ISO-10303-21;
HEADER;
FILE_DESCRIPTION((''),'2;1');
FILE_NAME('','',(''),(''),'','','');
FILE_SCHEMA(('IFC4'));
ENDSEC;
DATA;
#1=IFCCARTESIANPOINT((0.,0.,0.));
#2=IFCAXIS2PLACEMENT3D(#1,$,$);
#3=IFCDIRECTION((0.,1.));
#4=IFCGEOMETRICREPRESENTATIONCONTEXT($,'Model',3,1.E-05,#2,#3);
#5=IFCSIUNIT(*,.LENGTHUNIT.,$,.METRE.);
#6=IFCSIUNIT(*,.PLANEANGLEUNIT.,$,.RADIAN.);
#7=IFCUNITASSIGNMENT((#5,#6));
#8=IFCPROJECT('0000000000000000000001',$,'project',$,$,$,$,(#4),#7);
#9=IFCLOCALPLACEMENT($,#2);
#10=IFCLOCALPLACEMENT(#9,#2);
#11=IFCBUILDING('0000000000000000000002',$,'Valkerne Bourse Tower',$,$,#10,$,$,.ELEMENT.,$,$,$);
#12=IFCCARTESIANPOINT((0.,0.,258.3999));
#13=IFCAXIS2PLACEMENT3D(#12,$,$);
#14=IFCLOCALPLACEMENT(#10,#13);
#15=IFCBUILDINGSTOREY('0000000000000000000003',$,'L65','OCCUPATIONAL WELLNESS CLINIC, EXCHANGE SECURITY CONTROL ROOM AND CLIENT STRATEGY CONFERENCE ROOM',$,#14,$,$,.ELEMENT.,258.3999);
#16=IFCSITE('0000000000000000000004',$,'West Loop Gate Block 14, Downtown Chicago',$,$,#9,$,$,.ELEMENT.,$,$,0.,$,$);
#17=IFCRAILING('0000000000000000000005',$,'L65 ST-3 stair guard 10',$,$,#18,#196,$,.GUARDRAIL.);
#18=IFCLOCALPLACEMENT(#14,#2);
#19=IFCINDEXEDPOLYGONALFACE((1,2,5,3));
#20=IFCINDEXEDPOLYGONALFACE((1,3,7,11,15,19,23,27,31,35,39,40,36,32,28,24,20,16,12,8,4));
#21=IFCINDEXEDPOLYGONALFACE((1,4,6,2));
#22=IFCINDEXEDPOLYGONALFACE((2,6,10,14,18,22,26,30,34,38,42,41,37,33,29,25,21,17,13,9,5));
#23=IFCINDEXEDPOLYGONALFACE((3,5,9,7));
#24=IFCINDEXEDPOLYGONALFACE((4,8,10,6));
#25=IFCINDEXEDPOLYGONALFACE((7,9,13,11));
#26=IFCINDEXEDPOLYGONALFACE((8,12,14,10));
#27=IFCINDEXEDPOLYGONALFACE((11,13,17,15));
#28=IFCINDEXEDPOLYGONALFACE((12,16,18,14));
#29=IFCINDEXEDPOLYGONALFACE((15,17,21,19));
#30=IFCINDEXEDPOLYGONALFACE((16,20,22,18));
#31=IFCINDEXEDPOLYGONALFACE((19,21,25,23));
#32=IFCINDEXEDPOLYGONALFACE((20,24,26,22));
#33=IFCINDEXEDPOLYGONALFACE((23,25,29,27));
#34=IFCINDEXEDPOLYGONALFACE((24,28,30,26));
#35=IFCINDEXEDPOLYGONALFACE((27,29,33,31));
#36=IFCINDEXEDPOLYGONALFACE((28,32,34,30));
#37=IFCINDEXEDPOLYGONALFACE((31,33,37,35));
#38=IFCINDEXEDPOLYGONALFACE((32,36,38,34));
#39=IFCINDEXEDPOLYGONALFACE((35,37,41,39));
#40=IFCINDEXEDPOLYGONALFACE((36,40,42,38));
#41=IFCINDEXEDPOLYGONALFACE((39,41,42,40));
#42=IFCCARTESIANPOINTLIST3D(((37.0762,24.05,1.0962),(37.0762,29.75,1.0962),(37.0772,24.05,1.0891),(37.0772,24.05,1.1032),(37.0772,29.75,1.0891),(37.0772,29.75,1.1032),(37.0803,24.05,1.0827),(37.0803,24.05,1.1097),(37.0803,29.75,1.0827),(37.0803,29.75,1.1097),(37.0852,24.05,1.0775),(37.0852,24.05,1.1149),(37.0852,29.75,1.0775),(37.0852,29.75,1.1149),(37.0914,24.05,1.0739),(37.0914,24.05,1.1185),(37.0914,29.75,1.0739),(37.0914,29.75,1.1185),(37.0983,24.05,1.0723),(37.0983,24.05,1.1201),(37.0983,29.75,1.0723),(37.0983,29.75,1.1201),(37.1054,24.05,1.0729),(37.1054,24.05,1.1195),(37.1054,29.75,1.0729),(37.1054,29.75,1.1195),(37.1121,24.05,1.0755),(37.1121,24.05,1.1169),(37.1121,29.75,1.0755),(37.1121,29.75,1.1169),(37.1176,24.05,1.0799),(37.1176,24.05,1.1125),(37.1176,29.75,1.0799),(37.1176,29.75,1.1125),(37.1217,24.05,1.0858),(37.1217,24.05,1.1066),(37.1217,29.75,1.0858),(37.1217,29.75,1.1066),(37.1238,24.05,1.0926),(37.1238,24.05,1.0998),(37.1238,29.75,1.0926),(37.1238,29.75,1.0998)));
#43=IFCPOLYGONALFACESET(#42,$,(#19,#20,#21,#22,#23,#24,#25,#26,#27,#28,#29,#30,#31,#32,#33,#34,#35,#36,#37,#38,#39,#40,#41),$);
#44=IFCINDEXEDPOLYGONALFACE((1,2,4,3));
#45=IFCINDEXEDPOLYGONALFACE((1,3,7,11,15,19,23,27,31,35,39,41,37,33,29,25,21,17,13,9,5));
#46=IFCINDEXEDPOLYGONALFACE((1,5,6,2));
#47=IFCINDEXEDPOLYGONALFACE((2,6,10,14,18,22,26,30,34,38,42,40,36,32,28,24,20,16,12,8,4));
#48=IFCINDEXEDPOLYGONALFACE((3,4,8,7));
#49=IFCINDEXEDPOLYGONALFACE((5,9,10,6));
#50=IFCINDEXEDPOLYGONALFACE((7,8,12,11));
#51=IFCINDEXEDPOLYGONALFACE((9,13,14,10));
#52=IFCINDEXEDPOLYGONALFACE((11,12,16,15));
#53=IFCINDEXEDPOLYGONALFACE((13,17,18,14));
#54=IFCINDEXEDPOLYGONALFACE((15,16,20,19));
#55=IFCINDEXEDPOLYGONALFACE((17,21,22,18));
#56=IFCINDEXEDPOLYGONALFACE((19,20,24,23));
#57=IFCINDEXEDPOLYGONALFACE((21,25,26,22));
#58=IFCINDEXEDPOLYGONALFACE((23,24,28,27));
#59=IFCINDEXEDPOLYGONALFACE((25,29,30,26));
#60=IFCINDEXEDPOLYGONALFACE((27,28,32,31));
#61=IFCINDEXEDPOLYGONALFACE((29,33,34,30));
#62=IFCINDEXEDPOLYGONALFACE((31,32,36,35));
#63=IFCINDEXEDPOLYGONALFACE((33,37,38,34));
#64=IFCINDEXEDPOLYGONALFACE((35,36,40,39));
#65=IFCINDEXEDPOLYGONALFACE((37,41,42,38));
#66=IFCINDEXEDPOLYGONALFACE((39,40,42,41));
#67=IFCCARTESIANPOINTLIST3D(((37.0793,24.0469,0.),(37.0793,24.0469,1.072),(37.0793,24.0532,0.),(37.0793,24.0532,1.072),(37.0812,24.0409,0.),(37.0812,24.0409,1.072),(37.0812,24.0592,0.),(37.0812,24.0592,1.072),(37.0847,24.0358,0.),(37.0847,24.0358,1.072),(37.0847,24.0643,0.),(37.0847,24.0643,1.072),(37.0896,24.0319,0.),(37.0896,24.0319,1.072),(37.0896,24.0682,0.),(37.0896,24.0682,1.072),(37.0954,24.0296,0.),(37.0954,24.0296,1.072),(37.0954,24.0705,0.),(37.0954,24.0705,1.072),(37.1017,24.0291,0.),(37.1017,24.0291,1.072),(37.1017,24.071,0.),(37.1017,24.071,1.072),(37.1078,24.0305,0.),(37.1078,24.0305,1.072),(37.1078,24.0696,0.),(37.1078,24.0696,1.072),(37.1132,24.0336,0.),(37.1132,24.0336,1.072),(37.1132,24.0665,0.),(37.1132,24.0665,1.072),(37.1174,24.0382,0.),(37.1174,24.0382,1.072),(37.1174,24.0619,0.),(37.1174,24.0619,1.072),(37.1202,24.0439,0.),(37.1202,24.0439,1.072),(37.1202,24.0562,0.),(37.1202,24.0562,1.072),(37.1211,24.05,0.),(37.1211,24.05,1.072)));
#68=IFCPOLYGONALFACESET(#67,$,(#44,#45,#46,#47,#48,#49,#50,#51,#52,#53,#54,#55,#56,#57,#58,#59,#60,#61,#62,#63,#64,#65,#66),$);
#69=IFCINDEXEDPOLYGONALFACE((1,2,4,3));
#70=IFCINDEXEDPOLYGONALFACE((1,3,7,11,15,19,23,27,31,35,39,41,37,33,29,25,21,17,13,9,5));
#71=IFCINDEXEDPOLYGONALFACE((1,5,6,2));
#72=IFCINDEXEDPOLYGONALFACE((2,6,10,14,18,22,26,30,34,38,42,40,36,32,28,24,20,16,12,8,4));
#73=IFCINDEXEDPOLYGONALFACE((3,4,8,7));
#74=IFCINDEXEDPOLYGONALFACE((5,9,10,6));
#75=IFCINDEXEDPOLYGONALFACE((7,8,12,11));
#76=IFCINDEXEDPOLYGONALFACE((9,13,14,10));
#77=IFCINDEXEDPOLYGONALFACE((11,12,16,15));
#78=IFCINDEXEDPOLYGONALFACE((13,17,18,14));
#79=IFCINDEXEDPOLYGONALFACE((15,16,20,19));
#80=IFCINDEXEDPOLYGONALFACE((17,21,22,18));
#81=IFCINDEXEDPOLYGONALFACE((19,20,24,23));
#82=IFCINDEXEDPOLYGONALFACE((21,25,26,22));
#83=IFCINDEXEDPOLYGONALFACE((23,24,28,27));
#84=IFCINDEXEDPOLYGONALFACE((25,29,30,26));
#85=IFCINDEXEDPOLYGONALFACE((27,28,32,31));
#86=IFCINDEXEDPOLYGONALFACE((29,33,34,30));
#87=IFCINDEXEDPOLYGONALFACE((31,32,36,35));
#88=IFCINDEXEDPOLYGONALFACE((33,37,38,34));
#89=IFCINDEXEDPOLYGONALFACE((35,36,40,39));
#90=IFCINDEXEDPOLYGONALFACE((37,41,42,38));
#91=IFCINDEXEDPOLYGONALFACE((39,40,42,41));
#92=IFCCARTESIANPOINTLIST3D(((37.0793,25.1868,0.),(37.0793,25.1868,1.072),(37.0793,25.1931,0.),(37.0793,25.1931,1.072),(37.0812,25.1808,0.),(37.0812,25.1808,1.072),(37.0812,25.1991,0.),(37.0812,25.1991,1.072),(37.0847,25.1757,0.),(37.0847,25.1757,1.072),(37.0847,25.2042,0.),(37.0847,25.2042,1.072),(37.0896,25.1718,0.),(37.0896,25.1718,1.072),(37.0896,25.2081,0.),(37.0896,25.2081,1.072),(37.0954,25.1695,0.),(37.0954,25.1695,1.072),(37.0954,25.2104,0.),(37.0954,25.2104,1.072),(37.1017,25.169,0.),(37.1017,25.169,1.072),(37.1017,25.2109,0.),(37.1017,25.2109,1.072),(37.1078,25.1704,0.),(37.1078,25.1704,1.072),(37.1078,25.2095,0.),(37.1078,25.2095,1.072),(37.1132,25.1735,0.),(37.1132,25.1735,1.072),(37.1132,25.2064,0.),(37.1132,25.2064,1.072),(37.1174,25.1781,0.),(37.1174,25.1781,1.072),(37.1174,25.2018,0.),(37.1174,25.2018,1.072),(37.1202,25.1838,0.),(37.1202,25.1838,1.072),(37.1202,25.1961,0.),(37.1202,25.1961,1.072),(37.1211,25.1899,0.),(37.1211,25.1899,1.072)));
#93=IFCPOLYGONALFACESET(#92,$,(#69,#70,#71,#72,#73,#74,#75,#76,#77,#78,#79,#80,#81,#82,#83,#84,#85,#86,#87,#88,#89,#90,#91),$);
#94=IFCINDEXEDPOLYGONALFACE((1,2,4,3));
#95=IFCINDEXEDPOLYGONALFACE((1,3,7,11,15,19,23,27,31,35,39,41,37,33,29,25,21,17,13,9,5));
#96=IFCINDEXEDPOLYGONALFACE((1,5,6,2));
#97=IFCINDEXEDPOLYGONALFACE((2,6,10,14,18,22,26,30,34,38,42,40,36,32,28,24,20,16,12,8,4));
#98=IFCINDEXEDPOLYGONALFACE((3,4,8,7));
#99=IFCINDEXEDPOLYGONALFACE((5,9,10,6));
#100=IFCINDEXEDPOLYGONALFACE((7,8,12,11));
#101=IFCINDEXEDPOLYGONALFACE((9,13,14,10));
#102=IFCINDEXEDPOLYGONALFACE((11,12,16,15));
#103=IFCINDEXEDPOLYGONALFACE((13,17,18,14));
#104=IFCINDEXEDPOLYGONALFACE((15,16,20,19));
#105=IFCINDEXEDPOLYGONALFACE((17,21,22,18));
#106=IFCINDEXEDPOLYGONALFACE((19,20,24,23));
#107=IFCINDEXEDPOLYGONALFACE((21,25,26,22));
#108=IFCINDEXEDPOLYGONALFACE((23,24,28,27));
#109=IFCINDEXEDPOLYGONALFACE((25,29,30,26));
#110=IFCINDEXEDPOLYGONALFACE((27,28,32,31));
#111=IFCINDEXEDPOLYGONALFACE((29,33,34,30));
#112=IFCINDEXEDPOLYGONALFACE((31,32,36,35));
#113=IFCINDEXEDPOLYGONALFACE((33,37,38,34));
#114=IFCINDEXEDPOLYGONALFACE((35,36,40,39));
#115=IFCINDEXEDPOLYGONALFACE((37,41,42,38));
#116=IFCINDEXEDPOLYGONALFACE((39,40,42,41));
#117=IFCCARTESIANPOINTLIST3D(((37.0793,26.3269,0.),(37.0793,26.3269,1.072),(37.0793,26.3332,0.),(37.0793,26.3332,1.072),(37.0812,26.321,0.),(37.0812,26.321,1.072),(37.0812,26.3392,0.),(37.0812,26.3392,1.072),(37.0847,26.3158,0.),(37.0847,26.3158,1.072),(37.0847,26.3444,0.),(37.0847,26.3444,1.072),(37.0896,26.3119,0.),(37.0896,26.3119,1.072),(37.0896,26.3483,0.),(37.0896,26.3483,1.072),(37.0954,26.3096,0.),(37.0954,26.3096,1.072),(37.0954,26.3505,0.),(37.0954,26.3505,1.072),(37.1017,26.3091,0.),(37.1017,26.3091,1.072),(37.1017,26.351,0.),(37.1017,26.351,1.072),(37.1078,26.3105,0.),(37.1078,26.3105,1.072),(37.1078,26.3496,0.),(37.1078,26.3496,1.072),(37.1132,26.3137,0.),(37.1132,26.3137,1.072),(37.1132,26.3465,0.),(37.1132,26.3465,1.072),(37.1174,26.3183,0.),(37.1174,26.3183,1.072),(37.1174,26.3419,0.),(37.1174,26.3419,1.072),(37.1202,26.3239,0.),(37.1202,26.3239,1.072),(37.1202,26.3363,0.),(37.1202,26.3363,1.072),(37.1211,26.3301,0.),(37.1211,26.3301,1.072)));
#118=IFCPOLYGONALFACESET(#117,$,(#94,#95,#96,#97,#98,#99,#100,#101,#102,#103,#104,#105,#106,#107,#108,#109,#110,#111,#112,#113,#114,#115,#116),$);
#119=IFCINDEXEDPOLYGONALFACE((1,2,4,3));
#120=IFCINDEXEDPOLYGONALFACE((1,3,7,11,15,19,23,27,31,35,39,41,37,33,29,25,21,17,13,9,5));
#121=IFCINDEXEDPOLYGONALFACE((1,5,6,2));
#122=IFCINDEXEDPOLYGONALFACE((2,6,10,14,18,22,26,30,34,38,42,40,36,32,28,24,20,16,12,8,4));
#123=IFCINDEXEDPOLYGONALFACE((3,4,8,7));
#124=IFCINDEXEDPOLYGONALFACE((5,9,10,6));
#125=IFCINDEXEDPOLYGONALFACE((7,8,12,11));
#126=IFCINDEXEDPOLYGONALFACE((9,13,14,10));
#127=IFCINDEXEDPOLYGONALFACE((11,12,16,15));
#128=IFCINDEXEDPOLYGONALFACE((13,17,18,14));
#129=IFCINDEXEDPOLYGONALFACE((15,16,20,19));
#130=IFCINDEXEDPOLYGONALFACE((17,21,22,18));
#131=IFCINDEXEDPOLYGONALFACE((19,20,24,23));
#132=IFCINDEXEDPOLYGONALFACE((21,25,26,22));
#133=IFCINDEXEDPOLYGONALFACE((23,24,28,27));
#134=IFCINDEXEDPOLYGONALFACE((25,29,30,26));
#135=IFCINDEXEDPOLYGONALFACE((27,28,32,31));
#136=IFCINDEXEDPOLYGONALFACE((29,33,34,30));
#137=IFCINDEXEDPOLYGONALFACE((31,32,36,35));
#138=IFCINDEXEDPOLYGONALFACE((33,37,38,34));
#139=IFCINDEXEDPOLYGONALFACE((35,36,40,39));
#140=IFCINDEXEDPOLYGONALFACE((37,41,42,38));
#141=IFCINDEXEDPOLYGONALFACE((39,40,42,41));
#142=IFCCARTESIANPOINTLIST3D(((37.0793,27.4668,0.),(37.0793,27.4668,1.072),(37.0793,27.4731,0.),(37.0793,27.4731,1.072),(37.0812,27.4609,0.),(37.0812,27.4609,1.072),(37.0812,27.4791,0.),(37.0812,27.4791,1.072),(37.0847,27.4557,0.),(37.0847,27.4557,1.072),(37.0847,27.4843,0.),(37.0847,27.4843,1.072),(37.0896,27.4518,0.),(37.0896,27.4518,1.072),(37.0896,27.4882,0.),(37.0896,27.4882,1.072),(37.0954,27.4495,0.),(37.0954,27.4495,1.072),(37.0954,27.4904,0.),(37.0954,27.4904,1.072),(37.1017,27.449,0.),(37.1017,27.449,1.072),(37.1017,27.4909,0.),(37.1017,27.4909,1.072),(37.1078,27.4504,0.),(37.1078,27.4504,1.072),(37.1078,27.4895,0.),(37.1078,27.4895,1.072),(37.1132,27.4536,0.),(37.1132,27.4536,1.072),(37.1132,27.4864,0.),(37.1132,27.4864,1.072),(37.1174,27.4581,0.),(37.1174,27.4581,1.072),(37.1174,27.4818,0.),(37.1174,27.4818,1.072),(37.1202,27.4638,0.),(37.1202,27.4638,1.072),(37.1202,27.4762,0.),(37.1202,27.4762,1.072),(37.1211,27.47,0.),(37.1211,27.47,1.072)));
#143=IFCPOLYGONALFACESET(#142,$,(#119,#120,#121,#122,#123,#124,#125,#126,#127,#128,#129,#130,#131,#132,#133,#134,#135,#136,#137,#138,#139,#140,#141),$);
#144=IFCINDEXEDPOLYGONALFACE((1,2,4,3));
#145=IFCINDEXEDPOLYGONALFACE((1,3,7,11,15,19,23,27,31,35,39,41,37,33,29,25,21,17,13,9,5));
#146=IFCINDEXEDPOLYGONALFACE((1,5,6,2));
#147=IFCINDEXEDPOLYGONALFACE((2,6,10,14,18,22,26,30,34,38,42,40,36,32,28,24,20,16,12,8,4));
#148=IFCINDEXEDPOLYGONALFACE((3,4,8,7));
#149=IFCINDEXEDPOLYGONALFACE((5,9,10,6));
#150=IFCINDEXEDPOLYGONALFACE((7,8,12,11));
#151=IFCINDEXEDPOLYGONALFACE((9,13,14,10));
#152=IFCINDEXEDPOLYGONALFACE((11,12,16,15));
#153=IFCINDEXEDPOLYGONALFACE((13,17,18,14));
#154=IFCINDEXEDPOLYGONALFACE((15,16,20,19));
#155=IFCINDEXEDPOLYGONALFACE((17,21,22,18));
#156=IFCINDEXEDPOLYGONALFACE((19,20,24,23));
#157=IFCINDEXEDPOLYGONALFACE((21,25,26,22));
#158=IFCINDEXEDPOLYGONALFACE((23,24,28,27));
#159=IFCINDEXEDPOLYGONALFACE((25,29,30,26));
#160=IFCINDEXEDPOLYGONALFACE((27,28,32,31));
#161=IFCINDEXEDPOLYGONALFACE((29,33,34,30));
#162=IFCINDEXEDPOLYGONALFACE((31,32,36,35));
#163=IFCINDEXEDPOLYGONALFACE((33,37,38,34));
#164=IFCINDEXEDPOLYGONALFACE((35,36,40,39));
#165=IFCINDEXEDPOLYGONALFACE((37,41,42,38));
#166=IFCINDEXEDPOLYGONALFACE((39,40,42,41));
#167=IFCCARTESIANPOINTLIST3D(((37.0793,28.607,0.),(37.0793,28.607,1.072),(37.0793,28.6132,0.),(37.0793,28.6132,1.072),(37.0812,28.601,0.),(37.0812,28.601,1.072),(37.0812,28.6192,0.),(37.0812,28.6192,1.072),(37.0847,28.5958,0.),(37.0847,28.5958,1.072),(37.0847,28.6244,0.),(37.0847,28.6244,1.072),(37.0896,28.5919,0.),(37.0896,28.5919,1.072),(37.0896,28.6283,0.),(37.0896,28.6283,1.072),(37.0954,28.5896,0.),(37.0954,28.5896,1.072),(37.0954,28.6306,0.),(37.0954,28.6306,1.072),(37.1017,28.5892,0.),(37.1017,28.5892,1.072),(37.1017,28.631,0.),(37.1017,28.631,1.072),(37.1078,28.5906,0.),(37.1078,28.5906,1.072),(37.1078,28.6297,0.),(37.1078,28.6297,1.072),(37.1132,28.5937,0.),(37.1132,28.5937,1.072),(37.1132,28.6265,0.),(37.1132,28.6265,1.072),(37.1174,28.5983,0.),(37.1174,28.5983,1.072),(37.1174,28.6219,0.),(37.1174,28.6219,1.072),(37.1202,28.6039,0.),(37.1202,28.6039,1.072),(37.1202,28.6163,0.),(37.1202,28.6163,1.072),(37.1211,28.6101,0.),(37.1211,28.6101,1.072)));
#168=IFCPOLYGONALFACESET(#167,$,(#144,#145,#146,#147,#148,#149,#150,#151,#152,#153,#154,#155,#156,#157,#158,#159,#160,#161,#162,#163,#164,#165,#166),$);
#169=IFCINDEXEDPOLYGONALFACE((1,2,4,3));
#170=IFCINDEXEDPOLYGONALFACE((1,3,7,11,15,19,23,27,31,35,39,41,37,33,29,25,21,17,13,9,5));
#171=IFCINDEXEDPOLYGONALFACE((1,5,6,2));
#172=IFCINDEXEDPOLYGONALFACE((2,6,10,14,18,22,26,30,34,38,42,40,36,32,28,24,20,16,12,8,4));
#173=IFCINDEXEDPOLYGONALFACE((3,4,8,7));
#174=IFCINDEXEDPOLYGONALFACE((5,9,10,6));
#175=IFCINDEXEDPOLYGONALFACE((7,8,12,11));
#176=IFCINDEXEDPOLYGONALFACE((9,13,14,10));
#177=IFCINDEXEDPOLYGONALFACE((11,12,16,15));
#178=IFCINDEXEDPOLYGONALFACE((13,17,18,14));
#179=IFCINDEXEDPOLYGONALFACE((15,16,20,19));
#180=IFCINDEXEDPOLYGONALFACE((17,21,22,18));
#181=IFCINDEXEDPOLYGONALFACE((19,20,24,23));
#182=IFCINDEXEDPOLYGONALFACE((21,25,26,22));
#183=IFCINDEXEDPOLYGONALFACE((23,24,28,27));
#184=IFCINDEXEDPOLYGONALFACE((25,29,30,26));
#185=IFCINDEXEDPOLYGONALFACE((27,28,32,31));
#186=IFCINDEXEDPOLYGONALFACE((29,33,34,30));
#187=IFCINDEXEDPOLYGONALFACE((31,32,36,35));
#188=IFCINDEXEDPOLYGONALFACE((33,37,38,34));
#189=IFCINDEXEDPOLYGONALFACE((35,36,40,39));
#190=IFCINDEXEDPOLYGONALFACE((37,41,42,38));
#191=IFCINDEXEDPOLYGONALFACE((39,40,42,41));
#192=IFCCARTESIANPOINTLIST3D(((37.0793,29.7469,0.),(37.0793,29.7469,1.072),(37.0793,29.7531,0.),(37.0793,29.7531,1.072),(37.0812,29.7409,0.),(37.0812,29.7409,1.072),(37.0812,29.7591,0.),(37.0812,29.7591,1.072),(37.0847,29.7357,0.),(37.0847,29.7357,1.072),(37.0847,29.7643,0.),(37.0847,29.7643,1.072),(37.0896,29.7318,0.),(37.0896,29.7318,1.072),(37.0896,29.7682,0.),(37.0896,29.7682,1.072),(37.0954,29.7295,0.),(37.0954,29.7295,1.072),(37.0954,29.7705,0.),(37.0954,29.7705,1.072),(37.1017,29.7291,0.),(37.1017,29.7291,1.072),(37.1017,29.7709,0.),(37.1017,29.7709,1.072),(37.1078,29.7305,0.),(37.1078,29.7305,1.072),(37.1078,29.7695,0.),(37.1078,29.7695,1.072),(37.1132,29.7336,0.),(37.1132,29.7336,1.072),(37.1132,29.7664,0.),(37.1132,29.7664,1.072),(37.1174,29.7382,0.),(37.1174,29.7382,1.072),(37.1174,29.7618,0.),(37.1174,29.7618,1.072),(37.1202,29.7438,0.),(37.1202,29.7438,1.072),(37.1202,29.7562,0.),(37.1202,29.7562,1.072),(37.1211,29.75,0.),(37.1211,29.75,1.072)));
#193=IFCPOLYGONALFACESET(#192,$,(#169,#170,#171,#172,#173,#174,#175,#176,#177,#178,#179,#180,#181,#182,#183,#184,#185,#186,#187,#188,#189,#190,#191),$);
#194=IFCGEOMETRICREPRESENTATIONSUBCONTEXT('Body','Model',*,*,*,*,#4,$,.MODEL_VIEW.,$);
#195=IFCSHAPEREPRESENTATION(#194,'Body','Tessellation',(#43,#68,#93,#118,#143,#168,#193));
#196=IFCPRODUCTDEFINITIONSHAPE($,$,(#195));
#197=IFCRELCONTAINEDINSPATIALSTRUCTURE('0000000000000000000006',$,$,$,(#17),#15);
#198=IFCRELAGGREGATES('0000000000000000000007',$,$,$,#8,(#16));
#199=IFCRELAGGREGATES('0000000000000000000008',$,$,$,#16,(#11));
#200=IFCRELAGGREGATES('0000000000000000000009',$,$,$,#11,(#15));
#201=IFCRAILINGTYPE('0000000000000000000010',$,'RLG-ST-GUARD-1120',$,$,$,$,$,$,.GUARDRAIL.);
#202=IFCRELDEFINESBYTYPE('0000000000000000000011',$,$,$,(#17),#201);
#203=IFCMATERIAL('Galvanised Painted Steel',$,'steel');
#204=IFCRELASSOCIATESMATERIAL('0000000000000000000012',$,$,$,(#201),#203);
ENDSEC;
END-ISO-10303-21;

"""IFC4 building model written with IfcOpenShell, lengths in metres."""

from ifc_helpers import new_model, si_unit, direction, frame, origin, origin_2d, place, context, subcontext, project, spatial, circle, extrude, material, type_object, element, save


model = new_model("IFC4")

# Units and contexts
model_context = context("Model", 3, precision=1e-05, world=origin(), true_north=direction((0.0, 1.0)))
body_context = subcontext(model_context, "Body", "Model", "MODEL_VIEW")
ifc_project = project(units=[si_unit("LENGTHUNIT", "METRE"), si_unit("PLANEANGLEUNIT", "RADIAN")], contexts=[model_context])

# Site, building, storey
site_placement = place(None, origin())
site = spatial("IfcSite", under=ifc_project, at=site_placement, Name="West Loop Gate Block 14, Downtown Chicago", CompositionType="ELEMENT", RefElevation=0.0)
building_placement = place(site_placement, origin())
building = spatial("IfcBuilding", under=site, at=building_placement, Name="Valkerne Bourse Tower", CompositionType="ELEMENT")
storey_placement = place(building_placement, frame((0.0, 0.0, 258.3999)))
storey = spatial("IfcBuildingStorey", under=building, at=storey_placement, Name="L65", Description="OCCUPATIONAL WELLNESS CLINIC, EXCHANGE SECURITY CONTROL ROOM AND CLIENT STRATEGY CONFERENCE ROOM", CompositionType="ELEMENT", Elevation=258.3999)

# Railing
ifc_material_1 = material(Name="Galvanised Painted Steel", Category="steel")
railing_type_1 = type_object("IfcRailingType", Name="RLG-ST-GUARD-1120", PredefinedType="GUARDRAIL", material=ifc_material_1)
railing_1_placement = place(storey_placement, frame((37.1001, 24.05, 0.0)))
element("IfcRailing", 1, at=railing_1_placement, inside=storey, type_object=railing_type_1, Name="L65 ST-3 stair guard 10", PredefinedType="GUARDRAIL", context=body_context, shape_type="SweptSolid", body=[
    extrude(circle(Radius=0.0239, at=origin_2d()), frame((0.0, 0.0, 1.0962), z_axis=(0.0, 1.0, 0.0), x_axis=(-1.0, 0.0, 0.0)), (0.0, 0.0, 1.0), 5.7),
    extrude(circle(Radius=0.021, at=origin_2d()), origin(), (0.0, 0.0, 1.0), 1.072),
    extrude(circle(Radius=0.021, at=origin_2d()), frame((0.0, 1.1399, 0.0)), (0.0, 0.0, 1.0), 1.072),
    extrude(circle(Radius=0.021, at=origin_2d()), frame((0.0, 2.28, 0.0)), (0.0, 0.0, 1.0), 1.072),
    extrude(circle(Radius=0.021, at=origin_2d()), frame((0.0, 3.4199, 0.0)), (0.0, 0.0, 1.0), 1.072),
    extrude(circle(Radius=0.021, at=origin_2d()), frame((0.0, 4.5601, 0.0)), (0.0, 0.0, 1.0), 1.072),
    extrude(circle(Radius=0.021, at=origin_2d()), frame((0.0, 5.7, 0.0)), (0.0, 0.0, 1.0), 1.072),
])

save(model, "model.ifc")
